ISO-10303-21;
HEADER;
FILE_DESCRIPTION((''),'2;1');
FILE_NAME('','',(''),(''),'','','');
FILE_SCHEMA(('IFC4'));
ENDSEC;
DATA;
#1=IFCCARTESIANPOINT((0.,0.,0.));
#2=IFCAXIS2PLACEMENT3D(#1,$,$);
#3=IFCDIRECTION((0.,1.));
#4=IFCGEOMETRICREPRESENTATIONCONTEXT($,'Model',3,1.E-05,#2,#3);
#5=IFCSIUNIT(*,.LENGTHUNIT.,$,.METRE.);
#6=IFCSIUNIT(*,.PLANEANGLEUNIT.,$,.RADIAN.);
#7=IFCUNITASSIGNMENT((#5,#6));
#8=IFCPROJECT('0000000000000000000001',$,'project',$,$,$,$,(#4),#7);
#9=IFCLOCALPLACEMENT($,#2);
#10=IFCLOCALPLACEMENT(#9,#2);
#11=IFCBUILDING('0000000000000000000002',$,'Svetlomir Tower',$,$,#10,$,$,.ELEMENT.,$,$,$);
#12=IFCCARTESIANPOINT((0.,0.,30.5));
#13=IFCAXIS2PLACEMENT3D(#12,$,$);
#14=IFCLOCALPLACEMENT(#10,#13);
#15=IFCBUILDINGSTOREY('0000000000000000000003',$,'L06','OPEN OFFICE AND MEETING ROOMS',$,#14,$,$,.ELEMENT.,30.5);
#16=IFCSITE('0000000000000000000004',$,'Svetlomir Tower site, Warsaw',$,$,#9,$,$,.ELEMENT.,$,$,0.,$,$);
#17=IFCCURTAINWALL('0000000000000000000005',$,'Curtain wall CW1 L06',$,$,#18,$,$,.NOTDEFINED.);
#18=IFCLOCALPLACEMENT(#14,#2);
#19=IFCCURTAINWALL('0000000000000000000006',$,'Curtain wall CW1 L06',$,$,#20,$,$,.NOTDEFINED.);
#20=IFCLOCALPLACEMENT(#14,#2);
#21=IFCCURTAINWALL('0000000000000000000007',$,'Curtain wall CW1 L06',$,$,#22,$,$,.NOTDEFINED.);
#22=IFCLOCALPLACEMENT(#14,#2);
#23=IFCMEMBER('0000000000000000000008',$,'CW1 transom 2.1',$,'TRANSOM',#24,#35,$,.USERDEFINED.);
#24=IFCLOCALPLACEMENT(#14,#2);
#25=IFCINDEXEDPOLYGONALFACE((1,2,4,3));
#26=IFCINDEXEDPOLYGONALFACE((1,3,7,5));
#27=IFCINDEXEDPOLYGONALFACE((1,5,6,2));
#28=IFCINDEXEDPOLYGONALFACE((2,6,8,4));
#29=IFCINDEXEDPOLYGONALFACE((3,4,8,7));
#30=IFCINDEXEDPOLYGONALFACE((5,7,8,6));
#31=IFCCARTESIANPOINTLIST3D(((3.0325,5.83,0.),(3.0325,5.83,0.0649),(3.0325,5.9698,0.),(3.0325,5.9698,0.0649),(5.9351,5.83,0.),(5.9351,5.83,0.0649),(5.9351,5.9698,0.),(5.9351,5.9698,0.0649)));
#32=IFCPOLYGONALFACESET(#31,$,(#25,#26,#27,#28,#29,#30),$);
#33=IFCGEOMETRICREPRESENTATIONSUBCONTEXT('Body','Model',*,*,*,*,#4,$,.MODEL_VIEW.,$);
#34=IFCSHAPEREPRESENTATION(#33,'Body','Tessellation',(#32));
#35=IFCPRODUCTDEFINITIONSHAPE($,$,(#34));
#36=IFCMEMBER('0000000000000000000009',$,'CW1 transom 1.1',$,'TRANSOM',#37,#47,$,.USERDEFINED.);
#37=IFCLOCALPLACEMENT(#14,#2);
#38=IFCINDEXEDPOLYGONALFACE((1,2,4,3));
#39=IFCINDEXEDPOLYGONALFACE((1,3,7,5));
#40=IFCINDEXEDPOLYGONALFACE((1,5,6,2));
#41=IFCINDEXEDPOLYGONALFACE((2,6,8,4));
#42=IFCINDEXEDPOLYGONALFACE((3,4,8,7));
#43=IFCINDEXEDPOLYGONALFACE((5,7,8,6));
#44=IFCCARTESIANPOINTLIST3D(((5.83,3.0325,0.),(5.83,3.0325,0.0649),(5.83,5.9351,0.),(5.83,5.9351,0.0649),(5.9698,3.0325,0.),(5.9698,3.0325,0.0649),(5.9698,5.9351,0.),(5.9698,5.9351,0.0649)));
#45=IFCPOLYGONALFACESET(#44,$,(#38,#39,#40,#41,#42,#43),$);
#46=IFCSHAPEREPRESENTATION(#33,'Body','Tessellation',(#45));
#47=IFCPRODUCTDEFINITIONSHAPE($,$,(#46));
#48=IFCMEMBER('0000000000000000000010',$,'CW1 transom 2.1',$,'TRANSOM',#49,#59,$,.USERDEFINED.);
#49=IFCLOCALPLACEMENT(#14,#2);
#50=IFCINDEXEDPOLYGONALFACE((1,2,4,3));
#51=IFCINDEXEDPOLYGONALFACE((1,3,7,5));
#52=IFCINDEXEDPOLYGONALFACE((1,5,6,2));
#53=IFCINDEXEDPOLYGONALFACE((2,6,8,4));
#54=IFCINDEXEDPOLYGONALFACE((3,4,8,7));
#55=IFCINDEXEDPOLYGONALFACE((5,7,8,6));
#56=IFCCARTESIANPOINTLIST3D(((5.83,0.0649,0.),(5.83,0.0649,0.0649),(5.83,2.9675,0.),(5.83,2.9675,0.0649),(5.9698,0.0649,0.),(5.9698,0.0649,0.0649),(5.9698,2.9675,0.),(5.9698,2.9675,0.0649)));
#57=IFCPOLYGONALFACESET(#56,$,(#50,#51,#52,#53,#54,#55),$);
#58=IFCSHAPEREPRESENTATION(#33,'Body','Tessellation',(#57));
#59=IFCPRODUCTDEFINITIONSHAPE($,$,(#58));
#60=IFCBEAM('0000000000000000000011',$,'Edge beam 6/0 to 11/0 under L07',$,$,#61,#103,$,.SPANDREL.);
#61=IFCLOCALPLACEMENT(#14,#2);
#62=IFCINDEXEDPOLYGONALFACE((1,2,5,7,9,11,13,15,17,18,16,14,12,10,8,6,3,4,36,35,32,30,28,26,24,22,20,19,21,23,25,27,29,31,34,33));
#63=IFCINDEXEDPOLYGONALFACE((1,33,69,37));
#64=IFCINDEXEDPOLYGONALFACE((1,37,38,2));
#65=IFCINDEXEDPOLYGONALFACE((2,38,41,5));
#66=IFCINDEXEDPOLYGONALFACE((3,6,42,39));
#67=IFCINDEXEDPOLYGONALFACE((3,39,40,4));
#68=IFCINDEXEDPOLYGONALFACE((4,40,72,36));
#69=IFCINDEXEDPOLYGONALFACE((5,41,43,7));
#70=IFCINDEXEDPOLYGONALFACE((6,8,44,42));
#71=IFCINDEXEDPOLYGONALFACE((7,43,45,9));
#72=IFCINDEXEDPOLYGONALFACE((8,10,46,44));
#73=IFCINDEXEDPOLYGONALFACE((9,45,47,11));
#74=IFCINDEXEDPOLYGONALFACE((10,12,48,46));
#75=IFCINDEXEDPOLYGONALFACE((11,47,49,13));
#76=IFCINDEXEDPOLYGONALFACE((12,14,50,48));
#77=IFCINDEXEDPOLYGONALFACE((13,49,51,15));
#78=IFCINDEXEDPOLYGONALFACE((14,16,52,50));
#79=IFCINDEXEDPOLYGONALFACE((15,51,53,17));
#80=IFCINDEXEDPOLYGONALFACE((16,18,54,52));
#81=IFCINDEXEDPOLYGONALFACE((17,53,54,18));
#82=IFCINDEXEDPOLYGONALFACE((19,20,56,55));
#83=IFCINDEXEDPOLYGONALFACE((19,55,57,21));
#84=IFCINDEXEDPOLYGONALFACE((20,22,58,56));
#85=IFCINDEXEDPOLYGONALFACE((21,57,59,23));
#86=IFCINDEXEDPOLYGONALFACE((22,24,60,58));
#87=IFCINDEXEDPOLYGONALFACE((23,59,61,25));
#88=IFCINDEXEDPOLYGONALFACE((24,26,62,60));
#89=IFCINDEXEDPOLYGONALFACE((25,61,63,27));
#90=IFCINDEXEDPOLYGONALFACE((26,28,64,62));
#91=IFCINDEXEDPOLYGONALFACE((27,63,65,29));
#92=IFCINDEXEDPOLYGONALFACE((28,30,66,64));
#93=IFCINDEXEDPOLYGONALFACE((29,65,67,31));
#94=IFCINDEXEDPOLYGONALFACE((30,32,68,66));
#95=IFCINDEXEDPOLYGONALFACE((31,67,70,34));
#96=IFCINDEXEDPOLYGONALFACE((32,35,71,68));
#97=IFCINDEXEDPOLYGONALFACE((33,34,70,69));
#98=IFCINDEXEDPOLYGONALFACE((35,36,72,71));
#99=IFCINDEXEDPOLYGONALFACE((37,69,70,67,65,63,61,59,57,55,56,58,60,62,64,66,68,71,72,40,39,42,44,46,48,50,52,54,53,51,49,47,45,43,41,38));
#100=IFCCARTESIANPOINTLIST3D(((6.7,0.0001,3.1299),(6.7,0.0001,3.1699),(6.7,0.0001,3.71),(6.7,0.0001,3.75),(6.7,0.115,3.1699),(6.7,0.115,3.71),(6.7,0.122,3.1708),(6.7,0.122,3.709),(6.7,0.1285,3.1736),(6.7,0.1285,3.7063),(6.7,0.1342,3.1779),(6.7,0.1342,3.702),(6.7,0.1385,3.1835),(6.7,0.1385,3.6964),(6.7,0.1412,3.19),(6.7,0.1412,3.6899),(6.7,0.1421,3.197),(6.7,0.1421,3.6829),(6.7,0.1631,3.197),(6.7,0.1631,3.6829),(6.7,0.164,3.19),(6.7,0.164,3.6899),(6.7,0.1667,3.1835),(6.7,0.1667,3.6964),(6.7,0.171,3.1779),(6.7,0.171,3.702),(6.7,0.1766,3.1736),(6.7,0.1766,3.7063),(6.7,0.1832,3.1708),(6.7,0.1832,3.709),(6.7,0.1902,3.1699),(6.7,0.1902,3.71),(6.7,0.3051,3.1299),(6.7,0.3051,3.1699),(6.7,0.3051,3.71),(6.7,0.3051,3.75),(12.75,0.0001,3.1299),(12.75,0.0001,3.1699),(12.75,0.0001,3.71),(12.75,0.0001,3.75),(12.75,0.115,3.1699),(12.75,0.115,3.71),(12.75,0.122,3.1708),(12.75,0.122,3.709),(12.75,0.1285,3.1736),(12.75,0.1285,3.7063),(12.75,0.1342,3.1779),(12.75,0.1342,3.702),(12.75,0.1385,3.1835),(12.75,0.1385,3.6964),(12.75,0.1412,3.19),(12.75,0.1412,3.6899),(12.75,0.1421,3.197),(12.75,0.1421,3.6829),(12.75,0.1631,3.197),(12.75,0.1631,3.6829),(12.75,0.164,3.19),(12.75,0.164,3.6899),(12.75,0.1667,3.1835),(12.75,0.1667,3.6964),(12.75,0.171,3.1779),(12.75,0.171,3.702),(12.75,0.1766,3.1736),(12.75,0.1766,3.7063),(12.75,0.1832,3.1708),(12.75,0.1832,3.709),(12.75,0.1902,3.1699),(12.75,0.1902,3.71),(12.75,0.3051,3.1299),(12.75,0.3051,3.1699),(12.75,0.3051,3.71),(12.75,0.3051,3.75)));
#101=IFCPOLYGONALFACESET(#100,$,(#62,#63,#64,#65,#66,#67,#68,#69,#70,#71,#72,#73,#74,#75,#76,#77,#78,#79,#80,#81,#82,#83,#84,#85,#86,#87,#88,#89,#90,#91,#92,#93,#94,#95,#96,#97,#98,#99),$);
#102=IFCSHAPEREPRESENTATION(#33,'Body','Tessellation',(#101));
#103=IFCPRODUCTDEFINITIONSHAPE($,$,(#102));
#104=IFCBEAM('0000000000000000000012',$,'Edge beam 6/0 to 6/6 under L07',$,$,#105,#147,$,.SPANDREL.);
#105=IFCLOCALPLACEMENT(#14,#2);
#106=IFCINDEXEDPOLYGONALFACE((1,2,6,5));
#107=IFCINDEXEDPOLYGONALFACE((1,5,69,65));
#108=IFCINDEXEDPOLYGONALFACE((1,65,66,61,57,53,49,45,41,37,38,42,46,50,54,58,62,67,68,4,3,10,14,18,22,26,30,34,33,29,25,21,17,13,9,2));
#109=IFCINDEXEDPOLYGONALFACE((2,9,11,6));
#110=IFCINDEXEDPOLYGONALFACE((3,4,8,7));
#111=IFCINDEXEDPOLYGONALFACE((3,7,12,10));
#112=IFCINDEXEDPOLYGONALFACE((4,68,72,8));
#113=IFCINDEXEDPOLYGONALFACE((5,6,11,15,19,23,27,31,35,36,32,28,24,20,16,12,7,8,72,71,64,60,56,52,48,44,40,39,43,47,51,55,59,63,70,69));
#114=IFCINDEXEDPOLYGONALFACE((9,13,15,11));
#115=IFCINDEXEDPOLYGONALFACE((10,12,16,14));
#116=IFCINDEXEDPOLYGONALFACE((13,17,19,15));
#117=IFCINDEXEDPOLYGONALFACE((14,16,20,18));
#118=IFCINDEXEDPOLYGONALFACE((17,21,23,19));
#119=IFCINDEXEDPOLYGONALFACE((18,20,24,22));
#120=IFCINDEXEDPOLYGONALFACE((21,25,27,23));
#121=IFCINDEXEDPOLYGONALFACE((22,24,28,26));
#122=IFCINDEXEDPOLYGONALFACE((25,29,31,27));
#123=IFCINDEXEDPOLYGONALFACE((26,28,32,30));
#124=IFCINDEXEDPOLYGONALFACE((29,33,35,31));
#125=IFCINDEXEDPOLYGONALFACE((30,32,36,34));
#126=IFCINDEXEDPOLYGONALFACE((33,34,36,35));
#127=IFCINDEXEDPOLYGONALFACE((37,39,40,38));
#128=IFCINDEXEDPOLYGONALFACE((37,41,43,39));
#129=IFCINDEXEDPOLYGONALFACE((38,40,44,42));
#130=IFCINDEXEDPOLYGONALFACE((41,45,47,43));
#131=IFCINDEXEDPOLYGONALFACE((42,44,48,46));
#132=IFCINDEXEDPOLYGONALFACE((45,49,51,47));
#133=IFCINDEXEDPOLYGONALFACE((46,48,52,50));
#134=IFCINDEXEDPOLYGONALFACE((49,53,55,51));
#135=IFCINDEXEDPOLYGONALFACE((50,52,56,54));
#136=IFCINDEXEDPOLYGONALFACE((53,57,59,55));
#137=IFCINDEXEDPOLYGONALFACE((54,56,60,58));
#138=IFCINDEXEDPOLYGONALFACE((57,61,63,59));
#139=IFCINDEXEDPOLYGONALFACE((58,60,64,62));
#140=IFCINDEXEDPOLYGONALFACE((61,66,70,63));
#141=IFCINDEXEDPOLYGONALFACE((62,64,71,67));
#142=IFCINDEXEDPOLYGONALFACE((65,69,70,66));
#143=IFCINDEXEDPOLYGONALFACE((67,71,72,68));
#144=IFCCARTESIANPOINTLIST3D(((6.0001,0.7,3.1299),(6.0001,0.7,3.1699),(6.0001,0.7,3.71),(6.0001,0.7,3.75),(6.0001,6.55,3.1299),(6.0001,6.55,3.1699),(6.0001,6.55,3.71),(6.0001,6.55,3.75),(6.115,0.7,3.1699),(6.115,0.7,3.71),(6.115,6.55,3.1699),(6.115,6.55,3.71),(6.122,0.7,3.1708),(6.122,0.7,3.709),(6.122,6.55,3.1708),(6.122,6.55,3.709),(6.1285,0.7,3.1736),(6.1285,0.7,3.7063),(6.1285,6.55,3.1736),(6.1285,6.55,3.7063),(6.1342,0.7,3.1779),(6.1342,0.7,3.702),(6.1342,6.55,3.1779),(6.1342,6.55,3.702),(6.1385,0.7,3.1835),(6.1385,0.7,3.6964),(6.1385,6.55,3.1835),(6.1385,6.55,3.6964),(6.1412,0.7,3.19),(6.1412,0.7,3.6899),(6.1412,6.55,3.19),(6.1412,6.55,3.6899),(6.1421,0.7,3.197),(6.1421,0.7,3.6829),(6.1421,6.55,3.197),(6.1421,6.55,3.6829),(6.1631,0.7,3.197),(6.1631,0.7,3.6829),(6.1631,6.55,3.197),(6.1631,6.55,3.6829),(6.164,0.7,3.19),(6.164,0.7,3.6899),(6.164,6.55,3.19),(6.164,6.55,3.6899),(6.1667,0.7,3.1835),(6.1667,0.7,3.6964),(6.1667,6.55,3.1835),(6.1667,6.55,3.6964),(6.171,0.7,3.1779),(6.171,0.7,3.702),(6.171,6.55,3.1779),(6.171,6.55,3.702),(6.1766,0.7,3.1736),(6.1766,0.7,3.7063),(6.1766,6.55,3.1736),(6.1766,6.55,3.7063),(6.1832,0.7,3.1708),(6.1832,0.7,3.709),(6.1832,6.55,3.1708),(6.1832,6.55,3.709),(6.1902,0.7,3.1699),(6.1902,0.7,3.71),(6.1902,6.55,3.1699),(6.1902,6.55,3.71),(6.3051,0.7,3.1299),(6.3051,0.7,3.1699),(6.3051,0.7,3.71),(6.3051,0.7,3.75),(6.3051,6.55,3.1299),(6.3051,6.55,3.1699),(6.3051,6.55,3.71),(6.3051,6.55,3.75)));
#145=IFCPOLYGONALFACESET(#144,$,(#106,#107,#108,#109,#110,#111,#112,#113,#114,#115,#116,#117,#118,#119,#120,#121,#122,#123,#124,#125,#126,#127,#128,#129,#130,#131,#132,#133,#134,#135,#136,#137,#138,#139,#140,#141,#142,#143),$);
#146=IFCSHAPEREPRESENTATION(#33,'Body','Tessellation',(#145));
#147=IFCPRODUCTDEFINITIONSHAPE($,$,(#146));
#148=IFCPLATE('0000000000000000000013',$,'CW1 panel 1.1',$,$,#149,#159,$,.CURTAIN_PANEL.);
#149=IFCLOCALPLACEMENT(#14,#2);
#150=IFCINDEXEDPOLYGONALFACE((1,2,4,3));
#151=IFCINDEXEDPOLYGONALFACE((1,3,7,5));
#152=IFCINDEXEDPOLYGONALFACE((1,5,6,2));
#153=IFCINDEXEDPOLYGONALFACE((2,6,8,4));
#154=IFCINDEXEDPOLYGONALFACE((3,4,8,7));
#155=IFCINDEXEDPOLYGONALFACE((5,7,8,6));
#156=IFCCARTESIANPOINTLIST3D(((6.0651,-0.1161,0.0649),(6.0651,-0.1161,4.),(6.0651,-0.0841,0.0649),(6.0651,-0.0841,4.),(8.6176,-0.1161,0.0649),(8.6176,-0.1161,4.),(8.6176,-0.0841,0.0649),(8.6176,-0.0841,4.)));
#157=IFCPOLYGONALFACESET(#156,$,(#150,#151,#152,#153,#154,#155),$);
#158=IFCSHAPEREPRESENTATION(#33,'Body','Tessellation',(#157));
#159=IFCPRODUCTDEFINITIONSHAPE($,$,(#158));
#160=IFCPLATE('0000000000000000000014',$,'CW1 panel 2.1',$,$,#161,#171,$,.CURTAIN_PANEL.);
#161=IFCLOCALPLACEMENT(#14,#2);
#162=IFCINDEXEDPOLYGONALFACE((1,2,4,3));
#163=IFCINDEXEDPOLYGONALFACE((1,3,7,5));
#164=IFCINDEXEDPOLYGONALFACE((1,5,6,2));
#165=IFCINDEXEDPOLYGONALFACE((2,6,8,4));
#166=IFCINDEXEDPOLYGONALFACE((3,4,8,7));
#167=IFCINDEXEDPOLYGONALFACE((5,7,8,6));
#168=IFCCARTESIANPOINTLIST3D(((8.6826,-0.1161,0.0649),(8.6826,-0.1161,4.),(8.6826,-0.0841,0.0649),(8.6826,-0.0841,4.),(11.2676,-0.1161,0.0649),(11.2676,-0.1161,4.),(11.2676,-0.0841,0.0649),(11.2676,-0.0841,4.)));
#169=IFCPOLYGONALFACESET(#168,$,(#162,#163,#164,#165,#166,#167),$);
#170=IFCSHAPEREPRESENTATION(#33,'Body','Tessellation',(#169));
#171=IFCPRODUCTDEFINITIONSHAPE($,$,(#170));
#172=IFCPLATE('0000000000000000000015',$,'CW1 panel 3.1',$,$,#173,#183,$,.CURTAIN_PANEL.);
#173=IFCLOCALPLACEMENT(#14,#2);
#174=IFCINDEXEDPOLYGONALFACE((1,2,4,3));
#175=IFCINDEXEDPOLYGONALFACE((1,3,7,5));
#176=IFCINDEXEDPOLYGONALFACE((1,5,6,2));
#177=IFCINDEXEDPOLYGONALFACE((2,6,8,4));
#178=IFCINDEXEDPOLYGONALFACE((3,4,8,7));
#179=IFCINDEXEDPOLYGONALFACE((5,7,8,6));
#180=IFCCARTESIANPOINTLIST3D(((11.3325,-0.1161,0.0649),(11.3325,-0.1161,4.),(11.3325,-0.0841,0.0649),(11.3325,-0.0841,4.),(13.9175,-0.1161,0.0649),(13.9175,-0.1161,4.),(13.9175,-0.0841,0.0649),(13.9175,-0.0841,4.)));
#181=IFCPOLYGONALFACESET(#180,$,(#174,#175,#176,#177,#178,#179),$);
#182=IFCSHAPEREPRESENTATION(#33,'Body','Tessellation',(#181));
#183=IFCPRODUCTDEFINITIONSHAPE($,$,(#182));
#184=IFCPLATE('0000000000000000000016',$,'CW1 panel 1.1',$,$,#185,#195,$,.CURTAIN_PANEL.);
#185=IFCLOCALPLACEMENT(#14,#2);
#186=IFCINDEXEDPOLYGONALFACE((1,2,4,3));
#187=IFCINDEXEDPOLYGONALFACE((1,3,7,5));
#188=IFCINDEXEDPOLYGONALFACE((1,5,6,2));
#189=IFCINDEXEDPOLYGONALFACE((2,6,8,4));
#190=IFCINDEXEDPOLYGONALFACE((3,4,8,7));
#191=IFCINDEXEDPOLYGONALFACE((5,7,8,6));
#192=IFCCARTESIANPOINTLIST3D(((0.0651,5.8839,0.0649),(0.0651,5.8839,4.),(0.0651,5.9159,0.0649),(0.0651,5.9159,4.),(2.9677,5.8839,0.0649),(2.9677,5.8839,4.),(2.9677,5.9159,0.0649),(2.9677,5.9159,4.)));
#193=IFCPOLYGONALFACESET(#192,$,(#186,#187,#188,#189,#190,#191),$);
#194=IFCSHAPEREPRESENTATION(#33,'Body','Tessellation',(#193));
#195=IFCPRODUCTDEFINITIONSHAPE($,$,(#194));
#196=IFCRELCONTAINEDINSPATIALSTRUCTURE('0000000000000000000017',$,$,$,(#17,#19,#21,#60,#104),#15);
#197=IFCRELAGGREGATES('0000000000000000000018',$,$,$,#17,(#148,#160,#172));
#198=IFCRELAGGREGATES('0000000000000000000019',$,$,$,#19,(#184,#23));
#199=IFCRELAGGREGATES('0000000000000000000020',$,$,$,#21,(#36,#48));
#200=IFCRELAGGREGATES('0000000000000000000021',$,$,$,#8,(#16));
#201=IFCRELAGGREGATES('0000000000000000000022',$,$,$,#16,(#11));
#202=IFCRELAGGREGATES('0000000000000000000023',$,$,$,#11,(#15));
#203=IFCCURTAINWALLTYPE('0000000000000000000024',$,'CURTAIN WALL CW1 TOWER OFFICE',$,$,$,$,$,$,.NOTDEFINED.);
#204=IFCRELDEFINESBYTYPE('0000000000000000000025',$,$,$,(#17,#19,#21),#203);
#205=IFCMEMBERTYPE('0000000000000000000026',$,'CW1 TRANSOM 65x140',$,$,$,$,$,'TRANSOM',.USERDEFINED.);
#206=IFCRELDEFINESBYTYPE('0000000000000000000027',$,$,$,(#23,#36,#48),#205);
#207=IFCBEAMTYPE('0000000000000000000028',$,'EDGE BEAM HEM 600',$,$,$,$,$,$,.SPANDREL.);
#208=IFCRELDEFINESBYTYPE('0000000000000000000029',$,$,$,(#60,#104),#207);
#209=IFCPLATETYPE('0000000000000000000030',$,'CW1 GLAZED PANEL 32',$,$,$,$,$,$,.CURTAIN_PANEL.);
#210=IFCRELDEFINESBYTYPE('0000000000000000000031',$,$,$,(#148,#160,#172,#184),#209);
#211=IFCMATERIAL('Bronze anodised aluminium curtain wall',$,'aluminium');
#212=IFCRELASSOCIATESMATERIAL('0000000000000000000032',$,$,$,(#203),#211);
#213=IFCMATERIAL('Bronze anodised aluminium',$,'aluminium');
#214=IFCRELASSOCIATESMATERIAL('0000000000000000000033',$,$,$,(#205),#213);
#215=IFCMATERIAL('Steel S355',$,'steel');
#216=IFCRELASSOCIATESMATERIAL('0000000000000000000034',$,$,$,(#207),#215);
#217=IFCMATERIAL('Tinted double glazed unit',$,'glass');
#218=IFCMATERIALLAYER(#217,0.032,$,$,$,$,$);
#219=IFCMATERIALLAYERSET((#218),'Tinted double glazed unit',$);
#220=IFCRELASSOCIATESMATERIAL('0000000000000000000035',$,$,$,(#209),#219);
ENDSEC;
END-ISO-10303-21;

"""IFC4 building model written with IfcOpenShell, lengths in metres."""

from ifc_helpers import new_model, si_unit, direction, frame, origin, origin_2d, place, context, subcontext, project, spatial, rectangle, i_section, extrude, material, layer, layer_set, material_profile, profile_set, type_object, element, aggregate, save


model = new_model("IFC4")

# Units and contexts
model_context = context("Model", 3, precision=1e-05, world=origin(), true_north=direction((0.0, 1.0)))
body_context = subcontext(model_context, "Body", "Model", "MODEL_VIEW")
ifc_project = project(units=[si_unit("LENGTHUNIT", "METRE"), si_unit("PLANEANGLEUNIT", "RADIAN")], contexts=[model_context])

# Site, building, storey
site_placement = place(None, origin())
site = spatial("IfcSite", under=ifc_project, at=site_placement, Name="Svetlomir Tower site, Warsaw", CompositionType="ELEMENT", RefElevation=0.0)
building_placement = place(site_placement, origin())
building = spatial("IfcBuilding", under=site, at=building_placement, Name="Svetlomir Tower", CompositionType="ELEMENT")
storey_placement = place(building_placement, frame((0.0, 0.0, 30.5)))
storey = spatial("IfcBuildingStorey", under=building, at=storey_placement, Name="L06", Description="OPEN OFFICE AND MEETING ROOMS", CompositionType="ELEMENT", Elevation=30.5)

# Curtain walls
ifc_material_1 = material(Name="Bronze anodised aluminium curtain wall", Category="aluminium")
curtain_wall_type = type_object("IfcCurtainWallType", Name="CURTAIN WALL CW1 TOWER OFFICE", PredefinedType="NOTDEFINED", material=ifc_material_1)
curtain_wall_1_placement = place(storey_placement, origin())
curtain_wall_1 = element("IfcCurtainWall", 1, at=curtain_wall_1_placement, inside=storey, type_object=curtain_wall_type, Name="Curtain wall CW1 L06", PredefinedType="NOTDEFINED")
curtain_wall_2_placement = place(storey_placement, origin())
curtain_wall_2 = element("IfcCurtainWall", 2, at=curtain_wall_2_placement, inside=storey, type_object=curtain_wall_type, Name="Curtain wall CW1 L06", PredefinedType="NOTDEFINED")
curtain_wall_3_placement = place(storey_placement, origin())
curtain_wall_3 = element("IfcCurtainWall", 3, at=curtain_wall_3_placement, inside=storey, type_object=curtain_wall_type, Name="Curtain wall CW1 L06", PredefinedType="NOTDEFINED")

# Members
ifc_material_2 = material(Name="Bronze anodised aluminium", Category="aluminium")
ifc_material_profile_1 = material_profile(ifc_material_2, rectangle(XDim=0.1399, YDim=0.0649, at=origin_2d()), Name="AL 140x65")
ifc_profile_set_1 = profile_set([ifc_material_profile_1], Name="Bronze anodised aluminium 6063-T6")
member_type_1 = type_object("IfcMemberType", Name="CW1 TRANSOM 65x140", ElementType="TRANSOM", PredefinedType="USERDEFINED", material=ifc_profile_set_1)
member_1_placement = place(storey_placement, frame((3.0325, 5.8999, 0.0325), z_axis=(1.0, 0.0, 0.0), x_axis=(0.0, 1.0, 0.0)))
member_1 = element("IfcMember", 4, at=member_1_placement, type_object=member_type_1, Name="CW1 transom 2.1", ObjectType="TRANSOM", PredefinedType="USERDEFINED", context=body_context, shape_type="SweptSolid", body=[
    extrude(rectangle(XDim=0.1399, YDim=0.0649, at=origin_2d()), origin(), (0.0, 0.0, 1.0), 2.9026),
])
member_2_placement = place(storey_placement, frame((5.8999, 5.9351, 0.0325), z_axis=(0.0, -1.0, 0.0), x_axis=(1.0, 0.0, 0.0)))
member_2 = element("IfcMember", 5, at=member_2_placement, type_object=member_type_1, Name="CW1 transom 1.1", ObjectType="TRANSOM", PredefinedType="USERDEFINED", context=body_context, shape_type="SweptSolid", body=[
    extrude(rectangle(XDim=0.1399, YDim=0.0649, at=origin_2d()), origin(), (0.0, 0.0, 1.0), 2.9026),
])
member_3_placement = place(storey_placement, frame((5.8999, 2.9675, 0.0325), z_axis=(0.0, -1.0, 0.0), x_axis=(1.0, 0.0, 0.0)))
member_3 = element("IfcMember", 6, at=member_3_placement, type_object=member_type_1, Name="CW1 transom 2.1", ObjectType="TRANSOM", PredefinedType="USERDEFINED", context=body_context, shape_type="SweptSolid", body=[
    extrude(rectangle(XDim=0.1399, YDim=0.0649, at=origin_2d()), origin(), (0.0, 0.0, 1.0), 2.9026),
])

# Beams
ifc_material_3 = material(Name="Steel S355", Category="steel")
ifc_material_profile_2 = material_profile(ifc_material_3, i_section(OverallWidth=0.3049, OverallDepth=0.6201, WebThickness=0.021, FlangeThickness=0.04, FilletRadius=0.0271, at=origin_2d()), Name="HEM 600")
ifc_profile_set_2 = profile_set([ifc_material_profile_2], Name="Steel S355")
beam_type = type_object("IfcBeamType", Name="EDGE BEAM HEM 600", PredefinedType="SPANDREL", material=ifc_profile_set_2)
beam_1_placement = place(storey_placement, frame((6.7, 0.1526, 3.4399), z_axis=(1.0, 0.0, 0.0), x_axis=(0.0, 1.0, 0.0)))
element("IfcBeam", 7, at=beam_1_placement, inside=storey, type_object=beam_type, Name="Edge beam 6/0 to 11/0 under L07", PredefinedType="SPANDREL", context=body_context, shape_type="SweptSolid", body=[
    extrude(i_section(OverallWidth=0.3049, OverallDepth=0.6201, WebThickness=0.021, FlangeThickness=0.04, FilletRadius=0.0271, at=origin_2d()), origin(), (0.0, 0.0, 1.0), 6.05),
])
beam_2_placement = place(storey_placement, frame((6.1526, 0.7, 3.4399), z_axis=(0.0, 1.0, 0.0), x_axis=(-1.0, 0.0, 0.0)))
element("IfcBeam", 8, at=beam_2_placement, inside=storey, type_object=beam_type, Name="Edge beam 6/0 to 6/6 under L07", PredefinedType="SPANDREL", context=body_context, shape_type="SweptSolid", body=[
    extrude(i_section(OverallWidth=0.3049, OverallDepth=0.6201, WebThickness=0.021, FlangeThickness=0.04, FilletRadius=0.0271, at=origin_2d()), origin(), (0.0, 0.0, 1.0), 5.8501),
])

# Plates
ifc_material_4 = material(Name="Tinted double glazed unit", Category="glass")
ifc_layer_1 = layer(ifc_material_4, 0.032)
ifc_layer_set_1 = layer_set([ifc_layer_1], Name="Tinted double glazed unit")
plate_type = type_object("IfcPlateType", Name="CW1 GLAZED PANEL 32", PredefinedType="CURTAIN_PANEL", material=ifc_layer_set_1)
plate_1_placement = place(storey_placement, frame((7.3413, -0.1001, 0.0649), z_axis=(0.0, 0.0, 1.0), x_axis=(1.0, 0.0, 0.0)))
plate_1 = element("IfcPlate", 9, at=plate_1_placement, type_object=plate_type, Name="CW1 panel 1.1", PredefinedType="CURTAIN_PANEL", context=body_context, shape_type="SweptSolid", body=[
    extrude(rectangle(XDim=2.5525, YDim=0.032, at=origin_2d()), origin(), (0.0, 0.0, 1.0), 3.9351),
])
plate_2_placement = place(storey_placement, frame((9.9751, -0.1001, 0.0649), z_axis=(0.0, 0.0, 1.0), x_axis=(1.0, 0.0, 0.0)))
plate_2 = element("IfcPlate", 10, at=plate_2_placement, type_object=plate_type, Name="CW1 panel 2.1", PredefinedType="CURTAIN_PANEL", context=body_context, shape_type="SweptSolid", body=[
    extrude(rectangle(XDim=2.585, YDim=0.032, at=origin_2d()), origin(), (0.0, 0.0, 1.0), 3.9351),
])
plate_3_placement = place(storey_placement, frame((12.625, -0.1001, 0.0649), z_axis=(0.0, 0.0, 1.0), x_axis=(1.0, 0.0, 0.0)))
plate_3 = element("IfcPlate", 11, at=plate_3_placement, type_object=plate_type, Name="CW1 panel 3.1", PredefinedType="CURTAIN_PANEL", context=body_context, shape_type="SweptSolid", body=[
    extrude(rectangle(XDim=2.585, YDim=0.032, at=origin_2d()), origin(), (0.0, 0.0, 1.0), 3.9351),
])
aggregate(curtain_wall_1, [plate_1, plate_2, plate_3])
plate_4_placement = place(storey_placement, frame((1.5164, 5.8999, 0.0649), z_axis=(0.0, 0.0, 1.0), x_axis=(1.0, 0.0, 0.0)))
plate_4 = element("IfcPlate", 12, at=plate_4_placement, type_object=plate_type, Name="CW1 panel 1.1", PredefinedType="CURTAIN_PANEL", context=body_context, shape_type="SweptSolid", body=[
    extrude(rectangle(XDim=2.9026, YDim=0.032, at=origin_2d()), origin(), (0.0, 0.0, 1.0), 3.9351),
])
aggregate(curtain_wall_2, [plate_4, member_1])
aggregate(curtain_wall_3, [member_2, member_3])

save(model, "model.ifc")
